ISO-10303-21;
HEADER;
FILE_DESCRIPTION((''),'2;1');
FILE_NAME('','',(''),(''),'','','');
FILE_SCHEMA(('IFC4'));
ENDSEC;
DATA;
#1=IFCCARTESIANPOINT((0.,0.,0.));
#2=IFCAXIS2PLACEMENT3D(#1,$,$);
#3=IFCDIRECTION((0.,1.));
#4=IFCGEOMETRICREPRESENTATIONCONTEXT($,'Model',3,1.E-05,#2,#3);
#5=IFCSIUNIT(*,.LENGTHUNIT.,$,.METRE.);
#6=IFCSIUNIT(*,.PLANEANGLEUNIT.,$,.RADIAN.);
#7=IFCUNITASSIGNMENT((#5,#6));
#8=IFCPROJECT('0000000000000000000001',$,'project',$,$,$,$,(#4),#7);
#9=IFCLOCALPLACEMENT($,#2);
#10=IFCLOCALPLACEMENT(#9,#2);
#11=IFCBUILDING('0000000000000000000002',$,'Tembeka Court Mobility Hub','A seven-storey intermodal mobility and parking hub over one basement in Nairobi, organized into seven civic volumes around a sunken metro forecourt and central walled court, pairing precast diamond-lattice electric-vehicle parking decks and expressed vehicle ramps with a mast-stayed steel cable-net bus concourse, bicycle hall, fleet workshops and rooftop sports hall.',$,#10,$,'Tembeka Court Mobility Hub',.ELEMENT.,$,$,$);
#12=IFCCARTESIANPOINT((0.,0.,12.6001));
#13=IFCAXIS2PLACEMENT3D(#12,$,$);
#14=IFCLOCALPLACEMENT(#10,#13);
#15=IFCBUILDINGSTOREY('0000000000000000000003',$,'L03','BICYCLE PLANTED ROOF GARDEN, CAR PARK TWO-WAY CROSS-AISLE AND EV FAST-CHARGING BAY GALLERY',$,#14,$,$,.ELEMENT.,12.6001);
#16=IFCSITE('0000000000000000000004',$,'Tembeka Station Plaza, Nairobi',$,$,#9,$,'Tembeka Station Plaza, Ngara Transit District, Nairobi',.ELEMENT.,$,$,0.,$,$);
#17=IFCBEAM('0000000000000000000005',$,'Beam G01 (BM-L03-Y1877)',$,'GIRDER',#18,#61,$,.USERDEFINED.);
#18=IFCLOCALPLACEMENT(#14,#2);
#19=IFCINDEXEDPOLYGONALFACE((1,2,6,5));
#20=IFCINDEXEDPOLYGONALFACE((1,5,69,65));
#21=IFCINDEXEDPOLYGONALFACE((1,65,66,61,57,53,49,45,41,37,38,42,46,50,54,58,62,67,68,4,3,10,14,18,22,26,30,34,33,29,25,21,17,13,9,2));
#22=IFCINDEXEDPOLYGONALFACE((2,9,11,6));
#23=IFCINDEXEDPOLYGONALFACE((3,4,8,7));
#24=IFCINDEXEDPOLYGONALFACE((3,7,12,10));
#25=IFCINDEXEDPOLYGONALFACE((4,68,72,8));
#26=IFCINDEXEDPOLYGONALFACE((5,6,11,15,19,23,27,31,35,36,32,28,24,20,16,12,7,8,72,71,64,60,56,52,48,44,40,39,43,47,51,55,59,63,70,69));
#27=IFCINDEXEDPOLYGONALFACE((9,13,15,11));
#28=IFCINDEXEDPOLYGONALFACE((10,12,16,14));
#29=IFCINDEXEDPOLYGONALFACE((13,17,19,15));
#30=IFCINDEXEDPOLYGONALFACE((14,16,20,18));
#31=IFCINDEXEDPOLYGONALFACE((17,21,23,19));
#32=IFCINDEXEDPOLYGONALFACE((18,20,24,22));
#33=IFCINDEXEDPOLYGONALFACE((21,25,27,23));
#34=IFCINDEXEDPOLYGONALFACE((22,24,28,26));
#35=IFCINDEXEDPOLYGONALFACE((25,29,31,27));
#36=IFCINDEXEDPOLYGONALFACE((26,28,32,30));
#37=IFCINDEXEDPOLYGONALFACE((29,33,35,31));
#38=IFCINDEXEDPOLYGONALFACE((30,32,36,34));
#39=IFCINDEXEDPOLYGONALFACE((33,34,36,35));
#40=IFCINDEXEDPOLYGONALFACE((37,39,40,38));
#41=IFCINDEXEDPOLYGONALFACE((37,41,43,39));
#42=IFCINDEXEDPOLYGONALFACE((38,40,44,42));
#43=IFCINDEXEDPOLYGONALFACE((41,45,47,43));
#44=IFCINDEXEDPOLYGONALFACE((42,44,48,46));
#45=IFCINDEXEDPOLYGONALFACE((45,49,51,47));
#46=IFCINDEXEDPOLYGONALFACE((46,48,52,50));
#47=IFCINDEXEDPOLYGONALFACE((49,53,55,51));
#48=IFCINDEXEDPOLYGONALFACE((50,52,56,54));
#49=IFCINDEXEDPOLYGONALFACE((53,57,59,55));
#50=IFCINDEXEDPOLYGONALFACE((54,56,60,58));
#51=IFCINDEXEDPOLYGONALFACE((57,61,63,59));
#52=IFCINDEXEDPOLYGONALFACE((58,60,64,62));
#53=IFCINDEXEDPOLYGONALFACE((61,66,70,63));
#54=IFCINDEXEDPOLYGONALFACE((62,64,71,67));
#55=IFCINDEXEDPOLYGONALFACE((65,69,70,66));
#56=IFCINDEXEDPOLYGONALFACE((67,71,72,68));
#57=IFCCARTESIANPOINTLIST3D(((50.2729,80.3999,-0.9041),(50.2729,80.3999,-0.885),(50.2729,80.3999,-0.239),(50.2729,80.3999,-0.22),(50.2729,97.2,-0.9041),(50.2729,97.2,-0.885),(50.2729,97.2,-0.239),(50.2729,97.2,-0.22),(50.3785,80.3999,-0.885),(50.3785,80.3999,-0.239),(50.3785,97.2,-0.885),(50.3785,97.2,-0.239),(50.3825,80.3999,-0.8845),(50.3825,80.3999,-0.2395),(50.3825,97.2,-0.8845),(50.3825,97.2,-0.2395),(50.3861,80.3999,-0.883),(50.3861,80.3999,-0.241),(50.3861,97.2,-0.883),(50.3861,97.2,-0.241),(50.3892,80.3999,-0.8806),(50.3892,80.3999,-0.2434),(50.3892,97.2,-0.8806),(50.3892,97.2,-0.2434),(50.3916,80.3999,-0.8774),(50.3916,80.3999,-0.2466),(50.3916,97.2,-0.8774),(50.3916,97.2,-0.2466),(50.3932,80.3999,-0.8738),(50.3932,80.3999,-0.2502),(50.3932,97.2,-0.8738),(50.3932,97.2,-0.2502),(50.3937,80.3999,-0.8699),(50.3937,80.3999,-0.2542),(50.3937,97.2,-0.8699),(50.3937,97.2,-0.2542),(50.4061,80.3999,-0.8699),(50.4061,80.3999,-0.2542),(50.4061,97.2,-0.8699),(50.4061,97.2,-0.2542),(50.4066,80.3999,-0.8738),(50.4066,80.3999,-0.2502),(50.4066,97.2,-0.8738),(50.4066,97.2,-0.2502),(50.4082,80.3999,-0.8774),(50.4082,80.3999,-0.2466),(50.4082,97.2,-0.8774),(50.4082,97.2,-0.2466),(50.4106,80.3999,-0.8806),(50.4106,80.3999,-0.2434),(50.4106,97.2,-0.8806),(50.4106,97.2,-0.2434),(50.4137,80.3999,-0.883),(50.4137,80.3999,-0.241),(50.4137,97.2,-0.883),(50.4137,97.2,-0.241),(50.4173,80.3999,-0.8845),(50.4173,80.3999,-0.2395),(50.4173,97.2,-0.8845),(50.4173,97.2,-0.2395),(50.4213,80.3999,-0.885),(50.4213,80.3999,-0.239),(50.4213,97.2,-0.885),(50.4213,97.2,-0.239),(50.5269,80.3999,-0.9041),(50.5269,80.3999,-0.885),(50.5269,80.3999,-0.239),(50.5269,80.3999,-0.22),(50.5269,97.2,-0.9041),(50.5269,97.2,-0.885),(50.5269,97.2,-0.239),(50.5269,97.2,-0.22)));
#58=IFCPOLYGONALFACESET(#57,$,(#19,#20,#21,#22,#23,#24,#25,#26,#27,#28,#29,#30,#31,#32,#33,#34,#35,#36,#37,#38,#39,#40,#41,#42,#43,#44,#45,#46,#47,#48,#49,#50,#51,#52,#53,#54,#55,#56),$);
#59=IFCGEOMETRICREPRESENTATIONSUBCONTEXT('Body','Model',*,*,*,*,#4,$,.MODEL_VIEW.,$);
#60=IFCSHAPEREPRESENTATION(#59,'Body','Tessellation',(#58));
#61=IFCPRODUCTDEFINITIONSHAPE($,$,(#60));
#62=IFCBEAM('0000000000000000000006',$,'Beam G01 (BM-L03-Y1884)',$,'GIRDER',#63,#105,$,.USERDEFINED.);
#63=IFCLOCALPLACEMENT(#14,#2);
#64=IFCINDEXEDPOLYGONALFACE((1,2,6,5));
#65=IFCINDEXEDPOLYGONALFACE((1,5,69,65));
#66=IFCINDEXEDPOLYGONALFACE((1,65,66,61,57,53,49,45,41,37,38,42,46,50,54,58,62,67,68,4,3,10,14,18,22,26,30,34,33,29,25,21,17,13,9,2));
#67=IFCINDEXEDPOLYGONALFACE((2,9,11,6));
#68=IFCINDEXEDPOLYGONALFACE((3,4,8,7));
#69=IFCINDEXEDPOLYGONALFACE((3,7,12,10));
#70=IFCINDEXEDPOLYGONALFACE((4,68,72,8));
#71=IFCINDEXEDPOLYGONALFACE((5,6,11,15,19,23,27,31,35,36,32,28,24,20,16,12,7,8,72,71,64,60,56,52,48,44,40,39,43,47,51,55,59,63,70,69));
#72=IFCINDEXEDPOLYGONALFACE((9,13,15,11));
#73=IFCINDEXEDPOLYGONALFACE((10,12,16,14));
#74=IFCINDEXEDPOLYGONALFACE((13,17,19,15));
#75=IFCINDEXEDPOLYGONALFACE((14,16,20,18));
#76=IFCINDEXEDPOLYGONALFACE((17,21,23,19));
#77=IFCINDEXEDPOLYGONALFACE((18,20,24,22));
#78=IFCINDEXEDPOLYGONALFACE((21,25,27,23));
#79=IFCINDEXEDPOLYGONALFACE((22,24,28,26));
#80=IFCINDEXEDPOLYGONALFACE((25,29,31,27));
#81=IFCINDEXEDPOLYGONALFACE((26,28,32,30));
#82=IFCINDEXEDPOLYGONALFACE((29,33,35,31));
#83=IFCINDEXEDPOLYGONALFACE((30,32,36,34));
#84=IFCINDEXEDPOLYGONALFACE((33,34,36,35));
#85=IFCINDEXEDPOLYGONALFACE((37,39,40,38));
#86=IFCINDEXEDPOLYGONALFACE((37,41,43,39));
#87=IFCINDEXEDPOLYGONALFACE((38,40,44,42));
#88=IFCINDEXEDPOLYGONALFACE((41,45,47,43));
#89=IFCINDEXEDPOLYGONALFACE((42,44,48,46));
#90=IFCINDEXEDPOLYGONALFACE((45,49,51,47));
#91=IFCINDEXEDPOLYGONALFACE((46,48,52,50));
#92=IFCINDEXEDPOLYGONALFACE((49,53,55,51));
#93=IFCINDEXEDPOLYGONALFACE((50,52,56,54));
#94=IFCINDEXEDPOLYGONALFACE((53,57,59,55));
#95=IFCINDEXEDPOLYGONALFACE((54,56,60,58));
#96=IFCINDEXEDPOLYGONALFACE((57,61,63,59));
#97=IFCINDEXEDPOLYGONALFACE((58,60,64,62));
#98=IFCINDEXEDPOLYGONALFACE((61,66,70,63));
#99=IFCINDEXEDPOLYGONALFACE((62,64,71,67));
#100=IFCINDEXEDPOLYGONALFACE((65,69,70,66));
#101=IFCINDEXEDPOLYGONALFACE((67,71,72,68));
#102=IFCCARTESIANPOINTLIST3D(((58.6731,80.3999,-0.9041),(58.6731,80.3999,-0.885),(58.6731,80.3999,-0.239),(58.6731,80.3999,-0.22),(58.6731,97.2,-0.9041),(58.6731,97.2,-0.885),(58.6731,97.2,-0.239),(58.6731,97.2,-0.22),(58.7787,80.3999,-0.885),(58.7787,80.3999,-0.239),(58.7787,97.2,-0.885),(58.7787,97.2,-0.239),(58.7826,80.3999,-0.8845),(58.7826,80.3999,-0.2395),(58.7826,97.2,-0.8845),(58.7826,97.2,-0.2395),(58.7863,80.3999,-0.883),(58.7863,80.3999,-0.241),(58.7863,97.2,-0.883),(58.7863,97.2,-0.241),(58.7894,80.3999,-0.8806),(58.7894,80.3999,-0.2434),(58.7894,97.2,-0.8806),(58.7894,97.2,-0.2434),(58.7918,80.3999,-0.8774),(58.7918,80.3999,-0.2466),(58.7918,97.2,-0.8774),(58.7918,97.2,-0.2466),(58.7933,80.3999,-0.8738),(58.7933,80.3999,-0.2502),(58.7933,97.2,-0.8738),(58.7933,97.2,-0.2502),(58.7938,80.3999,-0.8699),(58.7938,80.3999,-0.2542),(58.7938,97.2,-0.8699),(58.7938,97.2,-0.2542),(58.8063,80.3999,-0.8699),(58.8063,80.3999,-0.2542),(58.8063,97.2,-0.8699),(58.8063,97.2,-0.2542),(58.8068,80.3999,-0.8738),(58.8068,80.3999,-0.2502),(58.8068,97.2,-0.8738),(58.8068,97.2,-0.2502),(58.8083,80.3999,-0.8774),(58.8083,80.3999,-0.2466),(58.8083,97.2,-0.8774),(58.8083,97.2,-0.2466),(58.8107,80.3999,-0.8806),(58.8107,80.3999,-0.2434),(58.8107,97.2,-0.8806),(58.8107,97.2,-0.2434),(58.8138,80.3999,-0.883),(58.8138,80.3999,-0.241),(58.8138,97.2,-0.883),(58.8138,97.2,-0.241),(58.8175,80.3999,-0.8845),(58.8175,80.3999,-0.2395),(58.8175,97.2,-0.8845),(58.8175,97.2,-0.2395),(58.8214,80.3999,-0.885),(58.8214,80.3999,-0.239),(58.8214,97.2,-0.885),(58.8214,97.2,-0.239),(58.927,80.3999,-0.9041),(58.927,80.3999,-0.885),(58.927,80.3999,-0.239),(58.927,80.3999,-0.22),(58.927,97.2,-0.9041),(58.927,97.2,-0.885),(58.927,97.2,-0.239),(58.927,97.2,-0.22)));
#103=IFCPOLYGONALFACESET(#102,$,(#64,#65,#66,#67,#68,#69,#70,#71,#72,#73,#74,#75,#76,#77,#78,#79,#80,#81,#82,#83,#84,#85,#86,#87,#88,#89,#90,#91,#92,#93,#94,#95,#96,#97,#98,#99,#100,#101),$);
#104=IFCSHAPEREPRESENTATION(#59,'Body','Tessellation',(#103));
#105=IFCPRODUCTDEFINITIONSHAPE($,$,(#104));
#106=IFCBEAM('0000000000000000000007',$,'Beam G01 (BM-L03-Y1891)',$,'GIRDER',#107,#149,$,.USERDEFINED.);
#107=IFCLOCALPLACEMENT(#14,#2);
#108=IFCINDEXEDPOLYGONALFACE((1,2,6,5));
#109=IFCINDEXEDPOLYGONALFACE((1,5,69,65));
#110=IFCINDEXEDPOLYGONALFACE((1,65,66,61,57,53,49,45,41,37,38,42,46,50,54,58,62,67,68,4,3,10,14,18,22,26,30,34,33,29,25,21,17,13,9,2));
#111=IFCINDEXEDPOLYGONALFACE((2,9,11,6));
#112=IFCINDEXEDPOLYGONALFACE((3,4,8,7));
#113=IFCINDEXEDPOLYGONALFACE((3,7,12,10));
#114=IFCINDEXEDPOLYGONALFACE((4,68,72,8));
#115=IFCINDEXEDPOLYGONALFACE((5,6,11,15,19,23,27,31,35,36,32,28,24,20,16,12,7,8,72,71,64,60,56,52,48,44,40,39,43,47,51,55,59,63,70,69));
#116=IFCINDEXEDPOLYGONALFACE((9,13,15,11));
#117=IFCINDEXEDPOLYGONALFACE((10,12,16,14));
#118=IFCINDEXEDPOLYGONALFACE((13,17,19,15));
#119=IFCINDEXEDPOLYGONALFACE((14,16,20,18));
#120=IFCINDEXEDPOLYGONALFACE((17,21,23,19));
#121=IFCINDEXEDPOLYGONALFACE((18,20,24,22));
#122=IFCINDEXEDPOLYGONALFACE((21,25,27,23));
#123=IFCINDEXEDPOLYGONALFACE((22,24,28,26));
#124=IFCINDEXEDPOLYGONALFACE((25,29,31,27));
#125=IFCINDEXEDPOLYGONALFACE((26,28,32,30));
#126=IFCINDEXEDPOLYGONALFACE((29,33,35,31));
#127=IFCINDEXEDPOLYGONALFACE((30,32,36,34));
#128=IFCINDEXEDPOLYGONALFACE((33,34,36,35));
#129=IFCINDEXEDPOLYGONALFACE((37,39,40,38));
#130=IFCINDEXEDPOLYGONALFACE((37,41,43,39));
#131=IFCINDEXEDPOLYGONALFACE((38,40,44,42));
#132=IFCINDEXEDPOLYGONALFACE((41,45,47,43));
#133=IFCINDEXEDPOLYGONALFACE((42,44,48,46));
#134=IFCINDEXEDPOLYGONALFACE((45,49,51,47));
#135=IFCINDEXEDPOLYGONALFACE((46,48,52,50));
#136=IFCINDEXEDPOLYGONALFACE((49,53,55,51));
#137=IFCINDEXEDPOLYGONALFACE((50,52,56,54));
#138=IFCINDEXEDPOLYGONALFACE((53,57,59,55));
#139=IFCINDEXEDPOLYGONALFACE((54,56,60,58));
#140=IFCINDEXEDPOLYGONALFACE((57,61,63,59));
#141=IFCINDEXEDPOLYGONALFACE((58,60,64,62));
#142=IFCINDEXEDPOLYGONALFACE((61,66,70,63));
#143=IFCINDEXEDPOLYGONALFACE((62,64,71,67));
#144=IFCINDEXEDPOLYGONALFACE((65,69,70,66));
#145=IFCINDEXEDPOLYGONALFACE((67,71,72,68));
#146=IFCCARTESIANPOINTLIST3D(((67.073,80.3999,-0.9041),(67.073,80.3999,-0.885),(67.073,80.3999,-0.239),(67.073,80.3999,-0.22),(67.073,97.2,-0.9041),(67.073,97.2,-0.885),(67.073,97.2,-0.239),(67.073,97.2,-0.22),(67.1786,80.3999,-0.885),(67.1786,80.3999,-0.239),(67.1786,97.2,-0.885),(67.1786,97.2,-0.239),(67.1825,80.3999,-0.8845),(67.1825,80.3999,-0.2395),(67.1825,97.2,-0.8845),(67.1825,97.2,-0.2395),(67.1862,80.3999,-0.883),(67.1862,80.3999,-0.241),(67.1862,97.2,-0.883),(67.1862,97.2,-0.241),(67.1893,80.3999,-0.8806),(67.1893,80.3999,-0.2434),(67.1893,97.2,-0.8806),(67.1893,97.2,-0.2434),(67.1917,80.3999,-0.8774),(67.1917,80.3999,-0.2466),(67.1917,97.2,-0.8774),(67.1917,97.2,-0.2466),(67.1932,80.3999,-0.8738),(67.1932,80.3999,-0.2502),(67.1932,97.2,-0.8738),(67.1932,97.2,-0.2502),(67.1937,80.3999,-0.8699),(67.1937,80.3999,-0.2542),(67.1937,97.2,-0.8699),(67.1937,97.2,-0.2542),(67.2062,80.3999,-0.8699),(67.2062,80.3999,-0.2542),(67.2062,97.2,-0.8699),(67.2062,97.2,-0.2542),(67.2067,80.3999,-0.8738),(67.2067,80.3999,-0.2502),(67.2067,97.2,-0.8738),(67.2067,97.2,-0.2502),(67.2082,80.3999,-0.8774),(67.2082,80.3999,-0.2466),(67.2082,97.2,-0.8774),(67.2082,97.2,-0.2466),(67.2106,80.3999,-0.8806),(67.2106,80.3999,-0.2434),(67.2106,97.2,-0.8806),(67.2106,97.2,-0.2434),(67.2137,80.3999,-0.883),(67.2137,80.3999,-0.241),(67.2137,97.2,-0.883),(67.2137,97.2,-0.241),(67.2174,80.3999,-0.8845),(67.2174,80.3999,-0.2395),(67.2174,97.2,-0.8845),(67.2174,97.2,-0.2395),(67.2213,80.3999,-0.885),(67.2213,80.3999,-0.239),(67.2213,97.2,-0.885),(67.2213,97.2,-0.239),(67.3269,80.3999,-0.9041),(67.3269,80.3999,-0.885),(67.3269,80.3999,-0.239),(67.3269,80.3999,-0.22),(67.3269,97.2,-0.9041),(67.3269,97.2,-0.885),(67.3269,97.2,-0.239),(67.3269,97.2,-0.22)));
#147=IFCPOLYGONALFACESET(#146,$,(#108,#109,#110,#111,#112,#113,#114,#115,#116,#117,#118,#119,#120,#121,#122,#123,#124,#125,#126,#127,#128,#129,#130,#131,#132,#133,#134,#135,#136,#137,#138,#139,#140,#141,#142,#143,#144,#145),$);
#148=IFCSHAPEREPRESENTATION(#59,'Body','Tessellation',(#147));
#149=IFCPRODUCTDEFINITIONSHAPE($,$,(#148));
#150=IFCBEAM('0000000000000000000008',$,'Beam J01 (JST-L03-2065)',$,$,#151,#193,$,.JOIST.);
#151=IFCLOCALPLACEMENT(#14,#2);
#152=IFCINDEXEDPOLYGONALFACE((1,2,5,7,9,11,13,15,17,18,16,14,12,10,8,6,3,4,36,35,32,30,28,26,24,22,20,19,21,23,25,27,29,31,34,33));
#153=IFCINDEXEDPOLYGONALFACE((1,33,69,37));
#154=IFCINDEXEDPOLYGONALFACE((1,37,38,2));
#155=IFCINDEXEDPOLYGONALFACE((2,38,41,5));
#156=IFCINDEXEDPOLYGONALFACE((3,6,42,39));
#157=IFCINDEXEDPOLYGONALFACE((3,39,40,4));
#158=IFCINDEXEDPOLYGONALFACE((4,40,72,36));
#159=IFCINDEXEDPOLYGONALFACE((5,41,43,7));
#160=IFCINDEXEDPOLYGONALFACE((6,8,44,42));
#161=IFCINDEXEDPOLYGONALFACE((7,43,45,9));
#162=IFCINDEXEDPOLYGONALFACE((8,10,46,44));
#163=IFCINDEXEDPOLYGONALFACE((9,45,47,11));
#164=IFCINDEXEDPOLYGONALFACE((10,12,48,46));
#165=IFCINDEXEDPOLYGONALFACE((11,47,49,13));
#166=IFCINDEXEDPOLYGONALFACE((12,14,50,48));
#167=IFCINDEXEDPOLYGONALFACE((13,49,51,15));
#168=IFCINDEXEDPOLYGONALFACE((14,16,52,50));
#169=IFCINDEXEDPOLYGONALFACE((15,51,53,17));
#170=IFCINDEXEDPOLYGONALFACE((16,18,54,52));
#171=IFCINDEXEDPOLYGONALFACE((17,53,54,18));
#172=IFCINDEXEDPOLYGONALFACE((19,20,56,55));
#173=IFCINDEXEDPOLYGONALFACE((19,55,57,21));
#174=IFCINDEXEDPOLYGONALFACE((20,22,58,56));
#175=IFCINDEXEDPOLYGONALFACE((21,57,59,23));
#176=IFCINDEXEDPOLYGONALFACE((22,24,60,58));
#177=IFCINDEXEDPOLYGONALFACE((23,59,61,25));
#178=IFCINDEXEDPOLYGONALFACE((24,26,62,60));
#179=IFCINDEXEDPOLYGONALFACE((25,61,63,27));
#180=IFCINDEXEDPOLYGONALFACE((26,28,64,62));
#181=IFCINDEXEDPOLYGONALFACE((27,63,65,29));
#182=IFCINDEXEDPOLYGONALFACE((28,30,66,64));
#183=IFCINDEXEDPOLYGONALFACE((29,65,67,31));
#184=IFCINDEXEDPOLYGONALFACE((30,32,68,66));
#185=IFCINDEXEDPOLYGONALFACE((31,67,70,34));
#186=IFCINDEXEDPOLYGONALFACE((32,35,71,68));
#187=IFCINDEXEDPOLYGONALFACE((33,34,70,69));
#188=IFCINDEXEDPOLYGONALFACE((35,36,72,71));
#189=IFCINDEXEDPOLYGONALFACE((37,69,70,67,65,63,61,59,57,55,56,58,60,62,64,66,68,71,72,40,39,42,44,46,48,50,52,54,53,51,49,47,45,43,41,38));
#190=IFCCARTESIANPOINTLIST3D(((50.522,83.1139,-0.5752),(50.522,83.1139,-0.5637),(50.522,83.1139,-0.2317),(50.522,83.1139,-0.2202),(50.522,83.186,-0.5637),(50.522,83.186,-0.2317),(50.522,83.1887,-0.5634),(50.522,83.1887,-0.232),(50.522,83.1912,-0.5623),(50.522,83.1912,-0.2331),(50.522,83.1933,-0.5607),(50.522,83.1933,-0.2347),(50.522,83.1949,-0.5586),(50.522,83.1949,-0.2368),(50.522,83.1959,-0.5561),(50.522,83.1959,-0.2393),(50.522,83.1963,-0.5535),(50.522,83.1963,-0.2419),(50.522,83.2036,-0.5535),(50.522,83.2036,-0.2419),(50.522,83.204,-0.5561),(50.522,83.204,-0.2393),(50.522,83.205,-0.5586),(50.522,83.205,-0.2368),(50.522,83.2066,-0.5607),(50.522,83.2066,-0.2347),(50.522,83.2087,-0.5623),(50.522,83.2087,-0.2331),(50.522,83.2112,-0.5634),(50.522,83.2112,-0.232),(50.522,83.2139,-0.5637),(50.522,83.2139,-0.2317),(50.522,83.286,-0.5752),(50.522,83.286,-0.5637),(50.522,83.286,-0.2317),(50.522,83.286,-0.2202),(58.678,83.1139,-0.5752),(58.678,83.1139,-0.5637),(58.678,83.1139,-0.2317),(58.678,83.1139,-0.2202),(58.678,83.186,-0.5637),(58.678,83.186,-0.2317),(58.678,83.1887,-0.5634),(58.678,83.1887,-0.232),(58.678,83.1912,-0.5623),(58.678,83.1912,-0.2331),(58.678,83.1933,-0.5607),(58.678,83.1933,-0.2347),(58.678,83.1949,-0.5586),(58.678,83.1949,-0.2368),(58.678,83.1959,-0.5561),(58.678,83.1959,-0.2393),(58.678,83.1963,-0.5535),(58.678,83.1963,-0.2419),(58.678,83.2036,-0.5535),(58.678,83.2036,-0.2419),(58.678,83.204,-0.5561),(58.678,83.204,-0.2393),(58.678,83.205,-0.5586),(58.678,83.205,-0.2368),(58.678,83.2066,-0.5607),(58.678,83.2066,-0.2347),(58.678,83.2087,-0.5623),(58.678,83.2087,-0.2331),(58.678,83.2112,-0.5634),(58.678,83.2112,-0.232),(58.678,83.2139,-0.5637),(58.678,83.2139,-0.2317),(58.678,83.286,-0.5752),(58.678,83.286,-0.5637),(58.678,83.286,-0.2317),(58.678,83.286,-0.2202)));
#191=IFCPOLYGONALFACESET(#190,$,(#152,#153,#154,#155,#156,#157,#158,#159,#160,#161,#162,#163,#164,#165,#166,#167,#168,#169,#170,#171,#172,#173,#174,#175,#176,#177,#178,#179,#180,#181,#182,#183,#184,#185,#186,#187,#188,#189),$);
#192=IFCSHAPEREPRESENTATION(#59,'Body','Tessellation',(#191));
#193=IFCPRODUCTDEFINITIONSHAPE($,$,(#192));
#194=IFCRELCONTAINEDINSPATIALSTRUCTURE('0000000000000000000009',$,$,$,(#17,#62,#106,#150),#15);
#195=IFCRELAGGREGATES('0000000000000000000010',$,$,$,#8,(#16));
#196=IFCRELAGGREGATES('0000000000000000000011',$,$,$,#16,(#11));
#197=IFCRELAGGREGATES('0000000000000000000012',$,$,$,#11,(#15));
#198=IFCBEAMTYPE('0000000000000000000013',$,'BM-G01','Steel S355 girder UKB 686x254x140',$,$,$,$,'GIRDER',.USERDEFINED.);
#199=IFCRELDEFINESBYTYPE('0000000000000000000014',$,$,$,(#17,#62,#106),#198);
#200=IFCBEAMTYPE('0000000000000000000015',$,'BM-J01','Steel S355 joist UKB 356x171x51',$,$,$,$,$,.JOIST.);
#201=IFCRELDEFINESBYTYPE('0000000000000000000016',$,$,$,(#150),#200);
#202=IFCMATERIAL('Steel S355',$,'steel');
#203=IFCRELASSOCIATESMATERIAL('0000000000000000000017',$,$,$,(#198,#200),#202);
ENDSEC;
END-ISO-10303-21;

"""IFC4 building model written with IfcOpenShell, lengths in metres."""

from ifc_helpers import new_model, si_unit, direction, frame, origin, origin_2d, place, context, subcontext, project, spatial, i_section, extrude, material, material_profile, profile_set, type_object, element, save


model = new_model("IFC4")

# Units and contexts
model_context = context("Model", 3, precision=1e-05, world=origin(), true_north=direction((0.0, 1.0)))
body_context = subcontext(model_context, "Body", "Model", "MODEL_VIEW")
ifc_project = project(units=[si_unit("LENGTHUNIT", "METRE"), si_unit("PLANEANGLEUNIT", "RADIAN")], contexts=[model_context])

# Site, building, storey
site_placement = place(None, origin())
site = spatial("IfcSite", under=ifc_project, at=site_placement, Name="Tembeka Station Plaza, Nairobi", LongName="Tembeka Station Plaza, Ngara Transit District, Nairobi", CompositionType="ELEMENT", RefElevation=0.0)
building_placement = place(site_placement, origin())
building = spatial("IfcBuilding", under=site, at=building_placement, Name="Tembeka Court Mobility Hub", Description="A seven-storey intermodal mobility and parking hub over one basement in Nairobi, organized into seven civic volumes around a sunken metro forecourt and central walled court, pairing precast diamond-lattice electric-vehicle parking decks and expressed vehicle ramps with a mast-stayed steel cable-net bus concourse, bicycle hall, fleet workshops and rooftop sports hall.", LongName="Tembeka Court Mobility Hub", CompositionType="ELEMENT")
storey_placement = place(building_placement, frame((0.0, 0.0, 12.6001)))
storey = spatial("IfcBuildingStorey", under=building, at=storey_placement, Name="L03", Description="BICYCLE PLANTED ROOF GARDEN, CAR PARK TWO-WAY CROSS-AISLE AND EV FAST-CHARGING BAY GALLERY", CompositionType="ELEMENT", Elevation=12.6001)

# Shared definitions
ifc_material = material(Name="Steel S355", Category="steel")

# Beams
ifc_material_profile_1 = material_profile(ifc_material, i_section(OverallWidth=0.2539, OverallDepth=0.6841, WebThickness=0.0125, FlangeThickness=0.019, FilletRadius=0.0151, at=origin_2d()), Name="UKB 686x254x140")
ifc_profile_set_1 = profile_set([ifc_material_profile_1], Name="Steel S355")
beam_type_1 = type_object("IfcBeamType", Name="BM-G01", Description="Steel S355 girder UKB 686x254x140", ElementType="GIRDER", PredefinedType="USERDEFINED", material=ifc_profile_set_1)
for number, where, z_axis, x_axis, name in (
    (1, (50.3999, 80.3999, -0.562), (0.0, 1.0, 0.0), (-1.0, 0.0, 0.0), "Beam G01 (BM-L03-Y1877)"),
    (2, (58.8, 80.3999, -0.562), (0.0, 1.0, 0.0), (-1.0, 0.0, 0.0), "Beam G01 (BM-L03-Y1884)"),
    (3, (67.2, 80.3999, -0.562), (0.0, 1.0, 0.0), (-1.0, 0.0, 0.0), "Beam G01 (BM-L03-Y1891)"),
):
    element("IfcBeam", number, at=place(storey_placement, frame(where, z_axis=z_axis, x_axis=x_axis)), inside=storey, type_object=beam_type_1, Name=name, ObjectType="GIRDER", PredefinedType="USERDEFINED", context=body_context, shape_type="SweptSolid", body=[
        extrude(i_section(OverallWidth=0.2539, OverallDepth=0.6841, WebThickness=0.0125, FlangeThickness=0.019, FilletRadius=0.0151, at=origin_2d()), origin(), (0.0, 0.0, 1.0), 16.8),
    ])
ifc_material_profile_2 = material_profile(ifc_material, i_section(OverallWidth=0.1721, OverallDepth=0.355, WebThickness=0.0073, FlangeThickness=0.0115, FilletRadius=0.0103, at=origin_2d()), Name="UKB 356x171x51")
ifc_profile_set_2 = profile_set([ifc_material_profile_2], Name="Steel S355")
beam_type_2 = type_object("IfcBeamType", Name="BM-J01", Description="Steel S355 joist UKB 356x171x51", PredefinedType="JOIST", material=ifc_profile_set_2)
for number, where, z_axis, x_axis, name in (
    (4, (50.522, 83.2, -0.3977), (1.0, 0.0, 0.0), (0.0, 1.0, 0.0), "Beam J01 (JST-L03-2065)"),
):
    element("IfcBeam", number, at=place(storey_placement, frame(where, z_axis=z_axis, x_axis=x_axis)), inside=storey, type_object=beam_type_2, Name=name, PredefinedType="JOIST", context=body_context, shape_type="SweptSolid", body=[
        extrude(i_section(OverallWidth=0.1721, OverallDepth=0.355, WebThickness=0.0073, FlangeThickness=0.0115, FilletRadius=0.0103, at=origin_2d()), origin(), (0.0, 0.0, 1.0), 8.156),
    ])

save(model, "model.ifc")
